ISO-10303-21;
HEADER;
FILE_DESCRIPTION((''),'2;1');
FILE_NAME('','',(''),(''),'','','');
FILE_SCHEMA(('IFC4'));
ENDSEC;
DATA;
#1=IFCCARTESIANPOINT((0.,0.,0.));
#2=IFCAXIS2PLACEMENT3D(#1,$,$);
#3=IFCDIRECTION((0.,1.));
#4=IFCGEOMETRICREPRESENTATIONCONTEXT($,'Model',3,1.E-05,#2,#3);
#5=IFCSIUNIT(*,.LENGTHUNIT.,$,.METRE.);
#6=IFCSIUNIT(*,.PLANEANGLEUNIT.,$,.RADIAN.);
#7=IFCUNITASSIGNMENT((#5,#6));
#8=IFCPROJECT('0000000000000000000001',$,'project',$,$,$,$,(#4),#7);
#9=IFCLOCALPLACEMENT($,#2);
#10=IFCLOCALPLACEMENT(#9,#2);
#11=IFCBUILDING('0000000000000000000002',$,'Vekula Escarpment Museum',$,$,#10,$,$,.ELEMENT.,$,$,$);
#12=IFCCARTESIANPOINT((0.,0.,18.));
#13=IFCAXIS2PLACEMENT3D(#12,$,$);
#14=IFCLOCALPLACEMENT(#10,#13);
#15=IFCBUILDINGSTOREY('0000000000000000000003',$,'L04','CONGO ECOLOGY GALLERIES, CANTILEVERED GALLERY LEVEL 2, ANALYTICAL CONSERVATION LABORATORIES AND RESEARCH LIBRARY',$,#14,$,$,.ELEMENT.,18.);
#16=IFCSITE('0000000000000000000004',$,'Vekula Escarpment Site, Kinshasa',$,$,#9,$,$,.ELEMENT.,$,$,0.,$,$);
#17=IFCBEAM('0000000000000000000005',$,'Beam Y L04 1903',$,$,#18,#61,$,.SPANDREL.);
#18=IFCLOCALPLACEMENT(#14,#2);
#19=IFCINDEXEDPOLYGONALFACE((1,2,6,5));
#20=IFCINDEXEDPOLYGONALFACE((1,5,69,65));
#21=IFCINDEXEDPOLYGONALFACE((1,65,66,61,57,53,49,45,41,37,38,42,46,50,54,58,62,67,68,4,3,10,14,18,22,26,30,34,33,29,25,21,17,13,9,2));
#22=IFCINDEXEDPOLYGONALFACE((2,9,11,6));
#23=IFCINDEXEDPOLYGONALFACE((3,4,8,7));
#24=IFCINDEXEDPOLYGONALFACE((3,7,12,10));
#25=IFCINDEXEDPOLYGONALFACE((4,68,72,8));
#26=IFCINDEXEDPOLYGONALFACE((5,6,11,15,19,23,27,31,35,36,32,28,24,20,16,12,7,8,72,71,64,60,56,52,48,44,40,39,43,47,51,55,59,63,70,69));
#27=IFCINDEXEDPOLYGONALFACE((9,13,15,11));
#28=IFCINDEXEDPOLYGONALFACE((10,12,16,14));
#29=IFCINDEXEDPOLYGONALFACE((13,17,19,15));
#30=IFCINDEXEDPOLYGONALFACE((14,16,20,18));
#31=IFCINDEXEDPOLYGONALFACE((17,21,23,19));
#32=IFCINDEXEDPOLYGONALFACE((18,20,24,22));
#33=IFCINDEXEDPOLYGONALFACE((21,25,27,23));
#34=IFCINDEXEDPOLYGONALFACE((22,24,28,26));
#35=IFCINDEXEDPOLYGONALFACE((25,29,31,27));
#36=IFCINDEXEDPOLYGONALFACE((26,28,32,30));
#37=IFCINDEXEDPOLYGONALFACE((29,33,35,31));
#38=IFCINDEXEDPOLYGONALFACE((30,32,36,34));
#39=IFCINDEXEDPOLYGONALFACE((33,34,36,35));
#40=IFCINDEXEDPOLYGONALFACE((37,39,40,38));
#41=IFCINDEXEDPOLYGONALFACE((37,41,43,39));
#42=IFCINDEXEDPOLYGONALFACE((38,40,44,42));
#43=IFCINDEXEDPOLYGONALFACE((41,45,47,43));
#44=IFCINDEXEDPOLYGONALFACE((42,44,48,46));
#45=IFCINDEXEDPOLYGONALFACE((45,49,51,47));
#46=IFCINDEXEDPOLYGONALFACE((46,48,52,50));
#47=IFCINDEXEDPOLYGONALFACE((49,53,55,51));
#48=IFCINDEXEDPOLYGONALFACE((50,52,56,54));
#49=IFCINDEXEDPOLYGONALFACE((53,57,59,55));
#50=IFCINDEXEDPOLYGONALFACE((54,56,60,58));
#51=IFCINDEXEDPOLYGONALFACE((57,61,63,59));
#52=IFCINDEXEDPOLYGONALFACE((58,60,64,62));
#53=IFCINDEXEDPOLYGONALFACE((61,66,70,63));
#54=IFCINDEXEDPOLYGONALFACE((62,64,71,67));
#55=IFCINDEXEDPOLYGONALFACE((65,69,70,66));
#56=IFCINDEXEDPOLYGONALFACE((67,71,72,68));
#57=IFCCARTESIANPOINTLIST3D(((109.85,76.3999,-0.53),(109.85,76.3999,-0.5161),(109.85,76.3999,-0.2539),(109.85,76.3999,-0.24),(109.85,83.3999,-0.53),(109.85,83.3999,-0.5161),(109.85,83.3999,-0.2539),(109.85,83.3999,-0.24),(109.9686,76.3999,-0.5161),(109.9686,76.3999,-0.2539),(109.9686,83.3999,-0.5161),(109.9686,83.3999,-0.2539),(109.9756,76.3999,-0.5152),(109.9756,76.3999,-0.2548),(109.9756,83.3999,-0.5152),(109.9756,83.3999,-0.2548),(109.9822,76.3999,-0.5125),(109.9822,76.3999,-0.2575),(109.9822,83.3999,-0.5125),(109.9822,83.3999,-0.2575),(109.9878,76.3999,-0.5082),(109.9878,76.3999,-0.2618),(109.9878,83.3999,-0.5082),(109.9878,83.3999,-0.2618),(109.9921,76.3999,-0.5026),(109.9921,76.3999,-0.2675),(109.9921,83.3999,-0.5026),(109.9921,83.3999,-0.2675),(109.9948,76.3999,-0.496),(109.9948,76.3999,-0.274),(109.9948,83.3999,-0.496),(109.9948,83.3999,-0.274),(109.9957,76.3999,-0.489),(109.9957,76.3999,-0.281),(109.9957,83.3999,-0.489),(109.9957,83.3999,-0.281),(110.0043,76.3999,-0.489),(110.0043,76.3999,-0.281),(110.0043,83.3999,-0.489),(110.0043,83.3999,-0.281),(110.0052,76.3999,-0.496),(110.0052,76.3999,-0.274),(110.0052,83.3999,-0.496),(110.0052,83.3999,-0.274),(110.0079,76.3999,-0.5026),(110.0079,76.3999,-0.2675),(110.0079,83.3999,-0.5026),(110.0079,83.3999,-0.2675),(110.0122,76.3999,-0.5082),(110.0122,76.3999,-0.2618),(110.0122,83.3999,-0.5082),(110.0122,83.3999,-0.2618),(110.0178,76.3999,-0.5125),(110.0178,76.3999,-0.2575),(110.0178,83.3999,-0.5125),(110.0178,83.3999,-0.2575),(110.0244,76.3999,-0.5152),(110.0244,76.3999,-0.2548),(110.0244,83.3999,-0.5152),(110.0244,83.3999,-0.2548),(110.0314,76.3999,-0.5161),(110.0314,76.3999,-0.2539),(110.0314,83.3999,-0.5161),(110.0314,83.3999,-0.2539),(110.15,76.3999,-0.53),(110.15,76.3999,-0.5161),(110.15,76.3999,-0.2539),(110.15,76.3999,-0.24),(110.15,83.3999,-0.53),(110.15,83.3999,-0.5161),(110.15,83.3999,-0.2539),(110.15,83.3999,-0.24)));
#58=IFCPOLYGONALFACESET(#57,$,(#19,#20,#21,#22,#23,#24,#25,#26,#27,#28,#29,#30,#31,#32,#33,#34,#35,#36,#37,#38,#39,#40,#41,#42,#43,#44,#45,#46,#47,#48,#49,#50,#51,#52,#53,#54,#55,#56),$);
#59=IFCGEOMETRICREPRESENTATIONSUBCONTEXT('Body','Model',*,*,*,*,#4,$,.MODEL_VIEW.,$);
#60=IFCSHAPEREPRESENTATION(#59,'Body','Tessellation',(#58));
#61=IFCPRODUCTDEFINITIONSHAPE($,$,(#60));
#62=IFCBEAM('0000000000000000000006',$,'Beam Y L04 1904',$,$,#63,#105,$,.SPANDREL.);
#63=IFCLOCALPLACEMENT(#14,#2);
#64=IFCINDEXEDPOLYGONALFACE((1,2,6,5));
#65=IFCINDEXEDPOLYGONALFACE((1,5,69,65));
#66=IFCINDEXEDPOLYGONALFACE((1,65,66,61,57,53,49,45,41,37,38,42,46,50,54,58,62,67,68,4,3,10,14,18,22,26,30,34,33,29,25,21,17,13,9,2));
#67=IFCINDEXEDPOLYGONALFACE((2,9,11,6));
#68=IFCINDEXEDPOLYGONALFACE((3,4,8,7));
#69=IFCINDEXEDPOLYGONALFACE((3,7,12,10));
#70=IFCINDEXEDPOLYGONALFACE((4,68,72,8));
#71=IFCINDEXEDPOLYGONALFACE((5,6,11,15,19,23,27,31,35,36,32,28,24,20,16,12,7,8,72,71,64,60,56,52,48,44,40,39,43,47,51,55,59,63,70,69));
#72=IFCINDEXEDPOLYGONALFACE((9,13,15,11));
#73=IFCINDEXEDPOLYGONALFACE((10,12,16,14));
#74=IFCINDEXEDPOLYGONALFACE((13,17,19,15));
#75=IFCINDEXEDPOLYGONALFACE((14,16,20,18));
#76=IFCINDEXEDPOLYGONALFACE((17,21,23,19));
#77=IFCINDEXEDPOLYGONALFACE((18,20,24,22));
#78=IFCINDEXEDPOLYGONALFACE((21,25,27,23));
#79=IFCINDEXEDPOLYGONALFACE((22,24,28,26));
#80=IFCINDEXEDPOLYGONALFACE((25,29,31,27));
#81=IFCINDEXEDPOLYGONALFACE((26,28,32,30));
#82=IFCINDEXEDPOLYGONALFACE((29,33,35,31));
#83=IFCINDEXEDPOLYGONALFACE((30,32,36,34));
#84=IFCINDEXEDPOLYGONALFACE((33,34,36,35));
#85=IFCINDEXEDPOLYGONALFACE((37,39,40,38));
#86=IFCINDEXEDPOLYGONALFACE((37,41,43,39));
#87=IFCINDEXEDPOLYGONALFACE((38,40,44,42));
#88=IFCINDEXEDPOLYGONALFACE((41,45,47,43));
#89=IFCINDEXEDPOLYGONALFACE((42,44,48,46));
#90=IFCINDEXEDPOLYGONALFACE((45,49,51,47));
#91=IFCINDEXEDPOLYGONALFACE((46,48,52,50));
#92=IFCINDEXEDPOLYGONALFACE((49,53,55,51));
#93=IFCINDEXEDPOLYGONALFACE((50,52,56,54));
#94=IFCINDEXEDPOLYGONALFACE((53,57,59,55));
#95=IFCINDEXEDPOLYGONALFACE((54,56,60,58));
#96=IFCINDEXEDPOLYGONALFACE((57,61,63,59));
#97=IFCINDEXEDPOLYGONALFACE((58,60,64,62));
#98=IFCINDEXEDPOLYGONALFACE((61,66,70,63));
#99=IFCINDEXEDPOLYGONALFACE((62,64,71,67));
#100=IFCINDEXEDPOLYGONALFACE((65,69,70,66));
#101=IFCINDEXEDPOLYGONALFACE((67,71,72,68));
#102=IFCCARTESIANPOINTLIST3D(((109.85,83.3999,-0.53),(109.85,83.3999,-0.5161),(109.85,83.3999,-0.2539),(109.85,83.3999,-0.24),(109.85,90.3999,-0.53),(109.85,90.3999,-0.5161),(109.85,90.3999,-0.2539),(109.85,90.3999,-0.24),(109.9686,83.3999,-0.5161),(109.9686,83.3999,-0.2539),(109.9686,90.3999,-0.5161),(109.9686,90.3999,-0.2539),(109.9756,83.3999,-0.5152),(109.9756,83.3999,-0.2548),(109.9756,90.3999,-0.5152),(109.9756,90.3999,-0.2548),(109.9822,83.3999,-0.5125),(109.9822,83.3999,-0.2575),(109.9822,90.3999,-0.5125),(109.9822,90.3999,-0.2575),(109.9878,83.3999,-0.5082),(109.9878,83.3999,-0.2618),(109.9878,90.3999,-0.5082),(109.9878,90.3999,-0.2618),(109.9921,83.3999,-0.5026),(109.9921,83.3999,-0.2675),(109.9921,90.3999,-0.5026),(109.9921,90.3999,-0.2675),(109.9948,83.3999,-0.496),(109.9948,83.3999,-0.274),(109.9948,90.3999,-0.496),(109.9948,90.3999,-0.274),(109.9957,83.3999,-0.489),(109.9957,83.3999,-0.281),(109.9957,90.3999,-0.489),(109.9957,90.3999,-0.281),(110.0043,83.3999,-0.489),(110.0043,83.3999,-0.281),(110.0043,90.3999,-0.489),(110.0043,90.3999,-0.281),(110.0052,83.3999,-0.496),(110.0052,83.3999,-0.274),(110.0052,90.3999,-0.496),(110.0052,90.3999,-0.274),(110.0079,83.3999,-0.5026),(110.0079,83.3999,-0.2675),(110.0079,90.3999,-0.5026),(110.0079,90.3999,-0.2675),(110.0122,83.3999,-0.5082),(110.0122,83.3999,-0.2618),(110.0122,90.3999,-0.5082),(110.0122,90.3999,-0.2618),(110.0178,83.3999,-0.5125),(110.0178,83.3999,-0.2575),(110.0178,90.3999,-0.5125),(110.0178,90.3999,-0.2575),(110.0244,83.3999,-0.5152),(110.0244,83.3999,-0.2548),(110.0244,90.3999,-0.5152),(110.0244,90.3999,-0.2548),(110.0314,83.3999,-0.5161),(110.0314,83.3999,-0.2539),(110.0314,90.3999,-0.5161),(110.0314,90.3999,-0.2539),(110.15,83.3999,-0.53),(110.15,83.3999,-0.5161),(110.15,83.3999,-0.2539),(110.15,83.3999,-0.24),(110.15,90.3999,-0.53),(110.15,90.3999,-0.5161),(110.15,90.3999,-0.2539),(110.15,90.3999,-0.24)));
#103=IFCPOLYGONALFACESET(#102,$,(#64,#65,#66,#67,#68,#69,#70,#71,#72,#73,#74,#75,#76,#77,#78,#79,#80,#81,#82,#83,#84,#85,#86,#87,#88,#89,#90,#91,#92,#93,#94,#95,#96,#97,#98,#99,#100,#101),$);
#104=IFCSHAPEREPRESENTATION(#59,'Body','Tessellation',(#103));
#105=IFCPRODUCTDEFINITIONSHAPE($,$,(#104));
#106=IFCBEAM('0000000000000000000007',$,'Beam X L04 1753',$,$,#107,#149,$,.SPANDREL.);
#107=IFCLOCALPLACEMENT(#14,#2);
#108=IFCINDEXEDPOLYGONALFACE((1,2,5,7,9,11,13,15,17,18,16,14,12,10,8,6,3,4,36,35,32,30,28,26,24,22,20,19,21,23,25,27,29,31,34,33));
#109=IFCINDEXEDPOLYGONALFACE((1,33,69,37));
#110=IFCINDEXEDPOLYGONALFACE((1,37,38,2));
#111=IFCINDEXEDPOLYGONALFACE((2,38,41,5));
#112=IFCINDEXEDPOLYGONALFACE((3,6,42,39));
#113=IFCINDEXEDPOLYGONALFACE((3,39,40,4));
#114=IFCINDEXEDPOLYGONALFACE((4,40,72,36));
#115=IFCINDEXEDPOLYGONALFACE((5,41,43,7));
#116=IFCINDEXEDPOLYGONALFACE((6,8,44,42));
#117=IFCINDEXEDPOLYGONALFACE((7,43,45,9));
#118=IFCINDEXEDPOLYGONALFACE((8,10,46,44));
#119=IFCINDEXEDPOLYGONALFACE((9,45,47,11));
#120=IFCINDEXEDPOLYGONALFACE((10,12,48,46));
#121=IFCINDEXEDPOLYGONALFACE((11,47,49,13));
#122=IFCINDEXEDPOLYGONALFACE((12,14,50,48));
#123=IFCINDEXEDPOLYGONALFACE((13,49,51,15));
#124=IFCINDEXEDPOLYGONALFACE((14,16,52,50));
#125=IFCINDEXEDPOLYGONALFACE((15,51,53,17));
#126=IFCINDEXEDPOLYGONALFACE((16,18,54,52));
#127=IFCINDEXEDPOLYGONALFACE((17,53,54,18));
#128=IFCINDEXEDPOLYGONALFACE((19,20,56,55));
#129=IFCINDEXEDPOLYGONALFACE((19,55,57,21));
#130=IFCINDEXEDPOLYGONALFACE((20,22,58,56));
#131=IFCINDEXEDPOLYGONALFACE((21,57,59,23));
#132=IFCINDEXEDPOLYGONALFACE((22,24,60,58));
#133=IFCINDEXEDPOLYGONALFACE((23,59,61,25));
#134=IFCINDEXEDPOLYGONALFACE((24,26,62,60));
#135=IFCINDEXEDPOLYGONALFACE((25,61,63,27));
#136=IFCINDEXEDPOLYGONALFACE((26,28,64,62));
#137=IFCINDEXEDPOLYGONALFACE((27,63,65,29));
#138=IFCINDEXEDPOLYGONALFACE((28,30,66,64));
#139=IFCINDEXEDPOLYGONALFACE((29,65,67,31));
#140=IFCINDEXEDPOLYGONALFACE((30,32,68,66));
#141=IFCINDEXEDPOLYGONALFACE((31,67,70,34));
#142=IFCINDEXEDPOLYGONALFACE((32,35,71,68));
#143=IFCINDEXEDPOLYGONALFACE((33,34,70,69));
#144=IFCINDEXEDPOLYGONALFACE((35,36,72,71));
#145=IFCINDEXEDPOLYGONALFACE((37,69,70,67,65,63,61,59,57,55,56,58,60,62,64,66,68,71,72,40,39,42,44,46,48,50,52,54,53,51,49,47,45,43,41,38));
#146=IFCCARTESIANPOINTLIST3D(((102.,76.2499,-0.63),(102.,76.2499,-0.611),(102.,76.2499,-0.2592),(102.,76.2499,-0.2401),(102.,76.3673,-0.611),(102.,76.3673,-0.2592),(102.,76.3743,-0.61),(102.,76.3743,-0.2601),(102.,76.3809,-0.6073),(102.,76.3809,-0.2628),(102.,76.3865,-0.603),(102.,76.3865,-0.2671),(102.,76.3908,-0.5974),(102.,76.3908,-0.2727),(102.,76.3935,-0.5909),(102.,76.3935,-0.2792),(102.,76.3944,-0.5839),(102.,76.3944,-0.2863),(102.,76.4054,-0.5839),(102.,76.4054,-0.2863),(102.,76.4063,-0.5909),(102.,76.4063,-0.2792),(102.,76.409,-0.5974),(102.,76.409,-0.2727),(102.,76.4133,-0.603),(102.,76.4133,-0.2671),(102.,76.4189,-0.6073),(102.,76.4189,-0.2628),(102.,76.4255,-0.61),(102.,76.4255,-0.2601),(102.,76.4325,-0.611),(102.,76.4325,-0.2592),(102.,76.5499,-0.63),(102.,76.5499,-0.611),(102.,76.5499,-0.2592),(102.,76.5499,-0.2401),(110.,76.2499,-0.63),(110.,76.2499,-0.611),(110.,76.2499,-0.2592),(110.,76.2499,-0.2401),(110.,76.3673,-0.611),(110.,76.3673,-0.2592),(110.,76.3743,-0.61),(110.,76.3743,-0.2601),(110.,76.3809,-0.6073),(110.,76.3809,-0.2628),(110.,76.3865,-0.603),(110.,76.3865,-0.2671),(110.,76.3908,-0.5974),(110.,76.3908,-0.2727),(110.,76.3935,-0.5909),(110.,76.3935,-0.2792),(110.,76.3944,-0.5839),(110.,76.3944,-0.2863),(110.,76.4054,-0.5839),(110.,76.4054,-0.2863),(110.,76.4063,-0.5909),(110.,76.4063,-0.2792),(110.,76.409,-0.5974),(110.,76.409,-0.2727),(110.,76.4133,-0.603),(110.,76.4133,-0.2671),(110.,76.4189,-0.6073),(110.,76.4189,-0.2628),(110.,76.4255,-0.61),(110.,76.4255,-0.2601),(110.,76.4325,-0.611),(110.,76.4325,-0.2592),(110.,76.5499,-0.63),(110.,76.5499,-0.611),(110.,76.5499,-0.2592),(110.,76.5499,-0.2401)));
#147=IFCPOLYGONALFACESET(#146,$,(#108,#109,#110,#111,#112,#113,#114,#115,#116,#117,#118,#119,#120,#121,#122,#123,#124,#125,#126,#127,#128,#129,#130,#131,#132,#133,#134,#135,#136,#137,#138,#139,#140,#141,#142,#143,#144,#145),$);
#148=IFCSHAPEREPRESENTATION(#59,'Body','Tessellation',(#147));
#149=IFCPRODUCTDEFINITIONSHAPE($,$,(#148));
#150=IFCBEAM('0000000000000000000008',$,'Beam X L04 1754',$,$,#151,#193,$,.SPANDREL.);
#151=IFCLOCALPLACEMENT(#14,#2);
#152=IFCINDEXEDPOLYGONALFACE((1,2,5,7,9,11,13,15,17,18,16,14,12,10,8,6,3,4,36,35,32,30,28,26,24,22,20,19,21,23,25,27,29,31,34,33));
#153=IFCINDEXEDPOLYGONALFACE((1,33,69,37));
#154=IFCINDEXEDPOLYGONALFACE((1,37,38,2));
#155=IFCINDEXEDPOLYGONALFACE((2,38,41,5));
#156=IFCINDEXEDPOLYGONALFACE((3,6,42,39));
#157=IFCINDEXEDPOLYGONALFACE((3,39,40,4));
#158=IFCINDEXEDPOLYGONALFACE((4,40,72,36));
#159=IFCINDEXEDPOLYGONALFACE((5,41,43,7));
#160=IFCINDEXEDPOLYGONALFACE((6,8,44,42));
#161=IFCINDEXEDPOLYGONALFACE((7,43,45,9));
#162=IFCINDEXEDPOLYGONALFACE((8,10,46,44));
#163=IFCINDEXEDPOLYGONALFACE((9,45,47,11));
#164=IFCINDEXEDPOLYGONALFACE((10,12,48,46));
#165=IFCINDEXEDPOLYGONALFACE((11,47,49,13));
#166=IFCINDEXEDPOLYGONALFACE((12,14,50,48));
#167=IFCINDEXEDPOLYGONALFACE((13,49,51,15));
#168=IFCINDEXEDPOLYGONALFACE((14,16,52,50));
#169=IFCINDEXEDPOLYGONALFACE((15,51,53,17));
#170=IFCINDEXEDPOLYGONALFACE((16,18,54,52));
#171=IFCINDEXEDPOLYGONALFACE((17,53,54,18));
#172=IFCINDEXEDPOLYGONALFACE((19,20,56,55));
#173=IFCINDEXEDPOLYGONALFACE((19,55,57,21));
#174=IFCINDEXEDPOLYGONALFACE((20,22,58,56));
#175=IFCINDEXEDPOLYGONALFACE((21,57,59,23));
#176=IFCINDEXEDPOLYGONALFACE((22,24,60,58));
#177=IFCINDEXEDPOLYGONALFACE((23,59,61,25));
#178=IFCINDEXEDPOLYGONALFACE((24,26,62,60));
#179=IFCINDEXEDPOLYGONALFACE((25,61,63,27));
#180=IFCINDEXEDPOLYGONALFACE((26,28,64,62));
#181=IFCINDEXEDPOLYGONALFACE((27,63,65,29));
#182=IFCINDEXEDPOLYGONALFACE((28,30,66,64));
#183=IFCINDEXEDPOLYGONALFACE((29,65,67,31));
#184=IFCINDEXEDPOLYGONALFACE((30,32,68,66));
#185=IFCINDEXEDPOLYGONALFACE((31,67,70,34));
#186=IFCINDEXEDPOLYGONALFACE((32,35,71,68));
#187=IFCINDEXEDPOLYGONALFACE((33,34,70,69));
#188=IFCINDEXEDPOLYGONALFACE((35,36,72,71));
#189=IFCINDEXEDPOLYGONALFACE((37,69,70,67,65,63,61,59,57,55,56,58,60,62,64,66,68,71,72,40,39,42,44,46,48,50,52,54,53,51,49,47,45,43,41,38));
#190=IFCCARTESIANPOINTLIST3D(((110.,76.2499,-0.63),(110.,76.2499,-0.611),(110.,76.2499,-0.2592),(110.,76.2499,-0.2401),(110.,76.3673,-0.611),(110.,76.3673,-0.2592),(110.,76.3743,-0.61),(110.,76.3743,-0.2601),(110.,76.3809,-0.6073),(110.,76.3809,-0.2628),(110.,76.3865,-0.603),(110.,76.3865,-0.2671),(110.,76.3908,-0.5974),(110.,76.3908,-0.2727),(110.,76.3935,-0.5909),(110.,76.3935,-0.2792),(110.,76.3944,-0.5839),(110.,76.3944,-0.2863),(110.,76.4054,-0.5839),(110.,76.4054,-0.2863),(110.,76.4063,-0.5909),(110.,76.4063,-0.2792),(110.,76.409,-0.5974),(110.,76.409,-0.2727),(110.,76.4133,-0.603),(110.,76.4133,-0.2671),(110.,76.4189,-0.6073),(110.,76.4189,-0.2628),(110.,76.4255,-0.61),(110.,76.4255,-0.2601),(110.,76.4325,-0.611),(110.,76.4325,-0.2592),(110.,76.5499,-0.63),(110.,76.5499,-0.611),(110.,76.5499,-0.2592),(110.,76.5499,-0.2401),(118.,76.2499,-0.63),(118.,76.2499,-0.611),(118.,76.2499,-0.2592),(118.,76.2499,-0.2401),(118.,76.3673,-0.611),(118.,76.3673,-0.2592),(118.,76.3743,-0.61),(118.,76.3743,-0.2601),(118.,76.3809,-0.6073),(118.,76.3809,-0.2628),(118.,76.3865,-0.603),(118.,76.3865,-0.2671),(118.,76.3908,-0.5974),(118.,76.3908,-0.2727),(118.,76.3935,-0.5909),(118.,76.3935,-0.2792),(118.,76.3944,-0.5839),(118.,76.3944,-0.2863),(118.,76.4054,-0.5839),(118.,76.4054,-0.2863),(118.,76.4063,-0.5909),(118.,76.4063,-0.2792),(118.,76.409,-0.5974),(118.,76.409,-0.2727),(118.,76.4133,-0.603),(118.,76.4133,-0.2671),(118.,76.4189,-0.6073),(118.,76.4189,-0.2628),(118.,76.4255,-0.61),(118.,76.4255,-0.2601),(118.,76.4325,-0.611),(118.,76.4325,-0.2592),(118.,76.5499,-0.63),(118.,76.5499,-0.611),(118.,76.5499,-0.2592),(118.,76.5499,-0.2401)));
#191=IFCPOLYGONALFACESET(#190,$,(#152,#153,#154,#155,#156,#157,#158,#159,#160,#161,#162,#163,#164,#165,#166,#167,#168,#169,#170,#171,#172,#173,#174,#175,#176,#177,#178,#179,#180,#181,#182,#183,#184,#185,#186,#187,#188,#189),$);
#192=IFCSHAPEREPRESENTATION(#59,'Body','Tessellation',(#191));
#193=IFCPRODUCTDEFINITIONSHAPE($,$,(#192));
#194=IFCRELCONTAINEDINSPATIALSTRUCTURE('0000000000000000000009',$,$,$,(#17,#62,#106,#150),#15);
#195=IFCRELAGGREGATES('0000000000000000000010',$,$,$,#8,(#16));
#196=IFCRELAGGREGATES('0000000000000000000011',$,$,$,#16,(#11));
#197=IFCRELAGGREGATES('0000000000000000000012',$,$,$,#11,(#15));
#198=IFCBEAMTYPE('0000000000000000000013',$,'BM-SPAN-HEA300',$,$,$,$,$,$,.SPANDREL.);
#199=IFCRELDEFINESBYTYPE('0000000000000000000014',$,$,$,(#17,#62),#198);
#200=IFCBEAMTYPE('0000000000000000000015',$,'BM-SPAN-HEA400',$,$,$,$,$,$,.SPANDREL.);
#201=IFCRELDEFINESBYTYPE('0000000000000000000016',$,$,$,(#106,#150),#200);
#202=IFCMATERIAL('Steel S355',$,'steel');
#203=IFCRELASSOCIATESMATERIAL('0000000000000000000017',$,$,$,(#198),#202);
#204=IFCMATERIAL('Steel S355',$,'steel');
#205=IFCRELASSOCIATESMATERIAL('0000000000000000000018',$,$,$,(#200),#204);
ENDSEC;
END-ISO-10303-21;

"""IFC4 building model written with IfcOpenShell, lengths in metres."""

from ifc_helpers import new_model, si_unit, direction, frame, origin, origin_2d, place, context, subcontext, project, spatial, i_section, extrude, material, material_profile, profile_set, type_object, element, save


model = new_model("IFC4")

# Units and contexts
model_context = context("Model", 3, precision=1e-05, world=origin(), true_north=direction((0.0, 1.0)))
body_context = subcontext(model_context, "Body", "Model", "MODEL_VIEW")
ifc_project = project(units=[si_unit("LENGTHUNIT", "METRE"), si_unit("PLANEANGLEUNIT", "RADIAN")], contexts=[model_context])

# Site, building, storey
site_placement = place(None, origin())
site = spatial("IfcSite", under=ifc_project, at=site_placement, Name="Vekula Escarpment Site, Kinshasa", CompositionType="ELEMENT", RefElevation=0.0)
building_placement = place(site_placement, origin())
building = spatial("IfcBuilding", under=site, at=building_placement, Name="Vekula Escarpment Museum", CompositionType="ELEMENT")
storey_placement = place(building_placement, frame((0.0, 0.0, 18.0)))
storey = spatial("IfcBuildingStorey", under=building, at=storey_placement, Name="L04", Description="CONGO ECOLOGY GALLERIES, CANTILEVERED GALLERY LEVEL 2, ANALYTICAL CONSERVATION LABORATORIES AND RESEARCH LIBRARY", CompositionType="ELEMENT", Elevation=18.0)

# Beams
ifc_material_1 = material(Name="Steel S355", Category="steel")
ifc_material_profile_1 = material_profile(ifc_material_1, i_section(OverallWidth=0.3, OverallDepth=0.29, WebThickness=0.0085, FlangeThickness=0.0139, FilletRadius=0.0271, at=origin_2d()), Name="HEA 300")
ifc_profile_set_1 = profile_set([ifc_material_profile_1], Name="Steel S355")
beam_type_1 = type_object("IfcBeamType", Name="BM-SPAN-HEA300", PredefinedType="SPANDREL", material=ifc_profile_set_1)
for number, where, z_axis, x_axis, name in (
    (1, (110.0, 76.3999, -0.385), (0.0, 1.0, 0.0), (-1.0, 0.0, 0.0), "Beam Y L04 1903"),
    (2, (110.0, 83.3999, -0.385), (0.0, 1.0, 0.0), (-1.0, 0.0, 0.0), "Beam Y L04 1904"),
):
    element("IfcBeam", number, at=place(storey_placement, frame(where, z_axis=z_axis, x_axis=x_axis)), inside=storey, type_object=beam_type_1, Name=name, PredefinedType="SPANDREL", context=body_context, shape_type="SweptSolid", body=[
        extrude(i_section(OverallWidth=0.3, OverallDepth=0.29, WebThickness=0.0085, FlangeThickness=0.0139, FilletRadius=0.0271, at=origin_2d()), origin(), (0.0, 0.0, 1.0), 7.0),
    ])
ifc_material_2 = material(Name="Steel S355", Category="steel")
ifc_material_profile_2 = material_profile(ifc_material_2, i_section(OverallWidth=0.3, OverallDepth=0.3899, WebThickness=0.011, FlangeThickness=0.019, FilletRadius=0.0271, at=origin_2d()), Name="HEA 400")
ifc_profile_set_2 = profile_set([ifc_material_profile_2], Name="Steel S355")
beam_type_2 = type_object("IfcBeamType", Name="BM-SPAN-HEA400", PredefinedType="SPANDREL", material=ifc_profile_set_2)
for number, where, z_axis, x_axis, name in (
    (3, (102.0, 76.3999, -0.4351), (1.0, 0.0, 0.0), (0.0, 1.0, 0.0), "Beam X L04 1753"),
    (4, (110.0, 76.3999, -0.4351), (1.0, 0.0, 0.0), (0.0, 1.0, 0.0), "Beam X L04 1754"),
):
    element("IfcBeam", number, at=place(storey_placement, frame(where, z_axis=z_axis, x_axis=x_axis)), inside=storey, type_object=beam_type_2, Name=name, PredefinedType="SPANDREL", context=body_context, shape_type="SweptSolid", body=[
        extrude(i_section(OverallWidth=0.3, OverallDepth=0.3899, WebThickness=0.011, FlangeThickness=0.019, FilletRadius=0.0271, at=origin_2d()), origin(), (0.0, 0.0, 1.0), 8.0),
    ])

save(model, "model.ifc")
